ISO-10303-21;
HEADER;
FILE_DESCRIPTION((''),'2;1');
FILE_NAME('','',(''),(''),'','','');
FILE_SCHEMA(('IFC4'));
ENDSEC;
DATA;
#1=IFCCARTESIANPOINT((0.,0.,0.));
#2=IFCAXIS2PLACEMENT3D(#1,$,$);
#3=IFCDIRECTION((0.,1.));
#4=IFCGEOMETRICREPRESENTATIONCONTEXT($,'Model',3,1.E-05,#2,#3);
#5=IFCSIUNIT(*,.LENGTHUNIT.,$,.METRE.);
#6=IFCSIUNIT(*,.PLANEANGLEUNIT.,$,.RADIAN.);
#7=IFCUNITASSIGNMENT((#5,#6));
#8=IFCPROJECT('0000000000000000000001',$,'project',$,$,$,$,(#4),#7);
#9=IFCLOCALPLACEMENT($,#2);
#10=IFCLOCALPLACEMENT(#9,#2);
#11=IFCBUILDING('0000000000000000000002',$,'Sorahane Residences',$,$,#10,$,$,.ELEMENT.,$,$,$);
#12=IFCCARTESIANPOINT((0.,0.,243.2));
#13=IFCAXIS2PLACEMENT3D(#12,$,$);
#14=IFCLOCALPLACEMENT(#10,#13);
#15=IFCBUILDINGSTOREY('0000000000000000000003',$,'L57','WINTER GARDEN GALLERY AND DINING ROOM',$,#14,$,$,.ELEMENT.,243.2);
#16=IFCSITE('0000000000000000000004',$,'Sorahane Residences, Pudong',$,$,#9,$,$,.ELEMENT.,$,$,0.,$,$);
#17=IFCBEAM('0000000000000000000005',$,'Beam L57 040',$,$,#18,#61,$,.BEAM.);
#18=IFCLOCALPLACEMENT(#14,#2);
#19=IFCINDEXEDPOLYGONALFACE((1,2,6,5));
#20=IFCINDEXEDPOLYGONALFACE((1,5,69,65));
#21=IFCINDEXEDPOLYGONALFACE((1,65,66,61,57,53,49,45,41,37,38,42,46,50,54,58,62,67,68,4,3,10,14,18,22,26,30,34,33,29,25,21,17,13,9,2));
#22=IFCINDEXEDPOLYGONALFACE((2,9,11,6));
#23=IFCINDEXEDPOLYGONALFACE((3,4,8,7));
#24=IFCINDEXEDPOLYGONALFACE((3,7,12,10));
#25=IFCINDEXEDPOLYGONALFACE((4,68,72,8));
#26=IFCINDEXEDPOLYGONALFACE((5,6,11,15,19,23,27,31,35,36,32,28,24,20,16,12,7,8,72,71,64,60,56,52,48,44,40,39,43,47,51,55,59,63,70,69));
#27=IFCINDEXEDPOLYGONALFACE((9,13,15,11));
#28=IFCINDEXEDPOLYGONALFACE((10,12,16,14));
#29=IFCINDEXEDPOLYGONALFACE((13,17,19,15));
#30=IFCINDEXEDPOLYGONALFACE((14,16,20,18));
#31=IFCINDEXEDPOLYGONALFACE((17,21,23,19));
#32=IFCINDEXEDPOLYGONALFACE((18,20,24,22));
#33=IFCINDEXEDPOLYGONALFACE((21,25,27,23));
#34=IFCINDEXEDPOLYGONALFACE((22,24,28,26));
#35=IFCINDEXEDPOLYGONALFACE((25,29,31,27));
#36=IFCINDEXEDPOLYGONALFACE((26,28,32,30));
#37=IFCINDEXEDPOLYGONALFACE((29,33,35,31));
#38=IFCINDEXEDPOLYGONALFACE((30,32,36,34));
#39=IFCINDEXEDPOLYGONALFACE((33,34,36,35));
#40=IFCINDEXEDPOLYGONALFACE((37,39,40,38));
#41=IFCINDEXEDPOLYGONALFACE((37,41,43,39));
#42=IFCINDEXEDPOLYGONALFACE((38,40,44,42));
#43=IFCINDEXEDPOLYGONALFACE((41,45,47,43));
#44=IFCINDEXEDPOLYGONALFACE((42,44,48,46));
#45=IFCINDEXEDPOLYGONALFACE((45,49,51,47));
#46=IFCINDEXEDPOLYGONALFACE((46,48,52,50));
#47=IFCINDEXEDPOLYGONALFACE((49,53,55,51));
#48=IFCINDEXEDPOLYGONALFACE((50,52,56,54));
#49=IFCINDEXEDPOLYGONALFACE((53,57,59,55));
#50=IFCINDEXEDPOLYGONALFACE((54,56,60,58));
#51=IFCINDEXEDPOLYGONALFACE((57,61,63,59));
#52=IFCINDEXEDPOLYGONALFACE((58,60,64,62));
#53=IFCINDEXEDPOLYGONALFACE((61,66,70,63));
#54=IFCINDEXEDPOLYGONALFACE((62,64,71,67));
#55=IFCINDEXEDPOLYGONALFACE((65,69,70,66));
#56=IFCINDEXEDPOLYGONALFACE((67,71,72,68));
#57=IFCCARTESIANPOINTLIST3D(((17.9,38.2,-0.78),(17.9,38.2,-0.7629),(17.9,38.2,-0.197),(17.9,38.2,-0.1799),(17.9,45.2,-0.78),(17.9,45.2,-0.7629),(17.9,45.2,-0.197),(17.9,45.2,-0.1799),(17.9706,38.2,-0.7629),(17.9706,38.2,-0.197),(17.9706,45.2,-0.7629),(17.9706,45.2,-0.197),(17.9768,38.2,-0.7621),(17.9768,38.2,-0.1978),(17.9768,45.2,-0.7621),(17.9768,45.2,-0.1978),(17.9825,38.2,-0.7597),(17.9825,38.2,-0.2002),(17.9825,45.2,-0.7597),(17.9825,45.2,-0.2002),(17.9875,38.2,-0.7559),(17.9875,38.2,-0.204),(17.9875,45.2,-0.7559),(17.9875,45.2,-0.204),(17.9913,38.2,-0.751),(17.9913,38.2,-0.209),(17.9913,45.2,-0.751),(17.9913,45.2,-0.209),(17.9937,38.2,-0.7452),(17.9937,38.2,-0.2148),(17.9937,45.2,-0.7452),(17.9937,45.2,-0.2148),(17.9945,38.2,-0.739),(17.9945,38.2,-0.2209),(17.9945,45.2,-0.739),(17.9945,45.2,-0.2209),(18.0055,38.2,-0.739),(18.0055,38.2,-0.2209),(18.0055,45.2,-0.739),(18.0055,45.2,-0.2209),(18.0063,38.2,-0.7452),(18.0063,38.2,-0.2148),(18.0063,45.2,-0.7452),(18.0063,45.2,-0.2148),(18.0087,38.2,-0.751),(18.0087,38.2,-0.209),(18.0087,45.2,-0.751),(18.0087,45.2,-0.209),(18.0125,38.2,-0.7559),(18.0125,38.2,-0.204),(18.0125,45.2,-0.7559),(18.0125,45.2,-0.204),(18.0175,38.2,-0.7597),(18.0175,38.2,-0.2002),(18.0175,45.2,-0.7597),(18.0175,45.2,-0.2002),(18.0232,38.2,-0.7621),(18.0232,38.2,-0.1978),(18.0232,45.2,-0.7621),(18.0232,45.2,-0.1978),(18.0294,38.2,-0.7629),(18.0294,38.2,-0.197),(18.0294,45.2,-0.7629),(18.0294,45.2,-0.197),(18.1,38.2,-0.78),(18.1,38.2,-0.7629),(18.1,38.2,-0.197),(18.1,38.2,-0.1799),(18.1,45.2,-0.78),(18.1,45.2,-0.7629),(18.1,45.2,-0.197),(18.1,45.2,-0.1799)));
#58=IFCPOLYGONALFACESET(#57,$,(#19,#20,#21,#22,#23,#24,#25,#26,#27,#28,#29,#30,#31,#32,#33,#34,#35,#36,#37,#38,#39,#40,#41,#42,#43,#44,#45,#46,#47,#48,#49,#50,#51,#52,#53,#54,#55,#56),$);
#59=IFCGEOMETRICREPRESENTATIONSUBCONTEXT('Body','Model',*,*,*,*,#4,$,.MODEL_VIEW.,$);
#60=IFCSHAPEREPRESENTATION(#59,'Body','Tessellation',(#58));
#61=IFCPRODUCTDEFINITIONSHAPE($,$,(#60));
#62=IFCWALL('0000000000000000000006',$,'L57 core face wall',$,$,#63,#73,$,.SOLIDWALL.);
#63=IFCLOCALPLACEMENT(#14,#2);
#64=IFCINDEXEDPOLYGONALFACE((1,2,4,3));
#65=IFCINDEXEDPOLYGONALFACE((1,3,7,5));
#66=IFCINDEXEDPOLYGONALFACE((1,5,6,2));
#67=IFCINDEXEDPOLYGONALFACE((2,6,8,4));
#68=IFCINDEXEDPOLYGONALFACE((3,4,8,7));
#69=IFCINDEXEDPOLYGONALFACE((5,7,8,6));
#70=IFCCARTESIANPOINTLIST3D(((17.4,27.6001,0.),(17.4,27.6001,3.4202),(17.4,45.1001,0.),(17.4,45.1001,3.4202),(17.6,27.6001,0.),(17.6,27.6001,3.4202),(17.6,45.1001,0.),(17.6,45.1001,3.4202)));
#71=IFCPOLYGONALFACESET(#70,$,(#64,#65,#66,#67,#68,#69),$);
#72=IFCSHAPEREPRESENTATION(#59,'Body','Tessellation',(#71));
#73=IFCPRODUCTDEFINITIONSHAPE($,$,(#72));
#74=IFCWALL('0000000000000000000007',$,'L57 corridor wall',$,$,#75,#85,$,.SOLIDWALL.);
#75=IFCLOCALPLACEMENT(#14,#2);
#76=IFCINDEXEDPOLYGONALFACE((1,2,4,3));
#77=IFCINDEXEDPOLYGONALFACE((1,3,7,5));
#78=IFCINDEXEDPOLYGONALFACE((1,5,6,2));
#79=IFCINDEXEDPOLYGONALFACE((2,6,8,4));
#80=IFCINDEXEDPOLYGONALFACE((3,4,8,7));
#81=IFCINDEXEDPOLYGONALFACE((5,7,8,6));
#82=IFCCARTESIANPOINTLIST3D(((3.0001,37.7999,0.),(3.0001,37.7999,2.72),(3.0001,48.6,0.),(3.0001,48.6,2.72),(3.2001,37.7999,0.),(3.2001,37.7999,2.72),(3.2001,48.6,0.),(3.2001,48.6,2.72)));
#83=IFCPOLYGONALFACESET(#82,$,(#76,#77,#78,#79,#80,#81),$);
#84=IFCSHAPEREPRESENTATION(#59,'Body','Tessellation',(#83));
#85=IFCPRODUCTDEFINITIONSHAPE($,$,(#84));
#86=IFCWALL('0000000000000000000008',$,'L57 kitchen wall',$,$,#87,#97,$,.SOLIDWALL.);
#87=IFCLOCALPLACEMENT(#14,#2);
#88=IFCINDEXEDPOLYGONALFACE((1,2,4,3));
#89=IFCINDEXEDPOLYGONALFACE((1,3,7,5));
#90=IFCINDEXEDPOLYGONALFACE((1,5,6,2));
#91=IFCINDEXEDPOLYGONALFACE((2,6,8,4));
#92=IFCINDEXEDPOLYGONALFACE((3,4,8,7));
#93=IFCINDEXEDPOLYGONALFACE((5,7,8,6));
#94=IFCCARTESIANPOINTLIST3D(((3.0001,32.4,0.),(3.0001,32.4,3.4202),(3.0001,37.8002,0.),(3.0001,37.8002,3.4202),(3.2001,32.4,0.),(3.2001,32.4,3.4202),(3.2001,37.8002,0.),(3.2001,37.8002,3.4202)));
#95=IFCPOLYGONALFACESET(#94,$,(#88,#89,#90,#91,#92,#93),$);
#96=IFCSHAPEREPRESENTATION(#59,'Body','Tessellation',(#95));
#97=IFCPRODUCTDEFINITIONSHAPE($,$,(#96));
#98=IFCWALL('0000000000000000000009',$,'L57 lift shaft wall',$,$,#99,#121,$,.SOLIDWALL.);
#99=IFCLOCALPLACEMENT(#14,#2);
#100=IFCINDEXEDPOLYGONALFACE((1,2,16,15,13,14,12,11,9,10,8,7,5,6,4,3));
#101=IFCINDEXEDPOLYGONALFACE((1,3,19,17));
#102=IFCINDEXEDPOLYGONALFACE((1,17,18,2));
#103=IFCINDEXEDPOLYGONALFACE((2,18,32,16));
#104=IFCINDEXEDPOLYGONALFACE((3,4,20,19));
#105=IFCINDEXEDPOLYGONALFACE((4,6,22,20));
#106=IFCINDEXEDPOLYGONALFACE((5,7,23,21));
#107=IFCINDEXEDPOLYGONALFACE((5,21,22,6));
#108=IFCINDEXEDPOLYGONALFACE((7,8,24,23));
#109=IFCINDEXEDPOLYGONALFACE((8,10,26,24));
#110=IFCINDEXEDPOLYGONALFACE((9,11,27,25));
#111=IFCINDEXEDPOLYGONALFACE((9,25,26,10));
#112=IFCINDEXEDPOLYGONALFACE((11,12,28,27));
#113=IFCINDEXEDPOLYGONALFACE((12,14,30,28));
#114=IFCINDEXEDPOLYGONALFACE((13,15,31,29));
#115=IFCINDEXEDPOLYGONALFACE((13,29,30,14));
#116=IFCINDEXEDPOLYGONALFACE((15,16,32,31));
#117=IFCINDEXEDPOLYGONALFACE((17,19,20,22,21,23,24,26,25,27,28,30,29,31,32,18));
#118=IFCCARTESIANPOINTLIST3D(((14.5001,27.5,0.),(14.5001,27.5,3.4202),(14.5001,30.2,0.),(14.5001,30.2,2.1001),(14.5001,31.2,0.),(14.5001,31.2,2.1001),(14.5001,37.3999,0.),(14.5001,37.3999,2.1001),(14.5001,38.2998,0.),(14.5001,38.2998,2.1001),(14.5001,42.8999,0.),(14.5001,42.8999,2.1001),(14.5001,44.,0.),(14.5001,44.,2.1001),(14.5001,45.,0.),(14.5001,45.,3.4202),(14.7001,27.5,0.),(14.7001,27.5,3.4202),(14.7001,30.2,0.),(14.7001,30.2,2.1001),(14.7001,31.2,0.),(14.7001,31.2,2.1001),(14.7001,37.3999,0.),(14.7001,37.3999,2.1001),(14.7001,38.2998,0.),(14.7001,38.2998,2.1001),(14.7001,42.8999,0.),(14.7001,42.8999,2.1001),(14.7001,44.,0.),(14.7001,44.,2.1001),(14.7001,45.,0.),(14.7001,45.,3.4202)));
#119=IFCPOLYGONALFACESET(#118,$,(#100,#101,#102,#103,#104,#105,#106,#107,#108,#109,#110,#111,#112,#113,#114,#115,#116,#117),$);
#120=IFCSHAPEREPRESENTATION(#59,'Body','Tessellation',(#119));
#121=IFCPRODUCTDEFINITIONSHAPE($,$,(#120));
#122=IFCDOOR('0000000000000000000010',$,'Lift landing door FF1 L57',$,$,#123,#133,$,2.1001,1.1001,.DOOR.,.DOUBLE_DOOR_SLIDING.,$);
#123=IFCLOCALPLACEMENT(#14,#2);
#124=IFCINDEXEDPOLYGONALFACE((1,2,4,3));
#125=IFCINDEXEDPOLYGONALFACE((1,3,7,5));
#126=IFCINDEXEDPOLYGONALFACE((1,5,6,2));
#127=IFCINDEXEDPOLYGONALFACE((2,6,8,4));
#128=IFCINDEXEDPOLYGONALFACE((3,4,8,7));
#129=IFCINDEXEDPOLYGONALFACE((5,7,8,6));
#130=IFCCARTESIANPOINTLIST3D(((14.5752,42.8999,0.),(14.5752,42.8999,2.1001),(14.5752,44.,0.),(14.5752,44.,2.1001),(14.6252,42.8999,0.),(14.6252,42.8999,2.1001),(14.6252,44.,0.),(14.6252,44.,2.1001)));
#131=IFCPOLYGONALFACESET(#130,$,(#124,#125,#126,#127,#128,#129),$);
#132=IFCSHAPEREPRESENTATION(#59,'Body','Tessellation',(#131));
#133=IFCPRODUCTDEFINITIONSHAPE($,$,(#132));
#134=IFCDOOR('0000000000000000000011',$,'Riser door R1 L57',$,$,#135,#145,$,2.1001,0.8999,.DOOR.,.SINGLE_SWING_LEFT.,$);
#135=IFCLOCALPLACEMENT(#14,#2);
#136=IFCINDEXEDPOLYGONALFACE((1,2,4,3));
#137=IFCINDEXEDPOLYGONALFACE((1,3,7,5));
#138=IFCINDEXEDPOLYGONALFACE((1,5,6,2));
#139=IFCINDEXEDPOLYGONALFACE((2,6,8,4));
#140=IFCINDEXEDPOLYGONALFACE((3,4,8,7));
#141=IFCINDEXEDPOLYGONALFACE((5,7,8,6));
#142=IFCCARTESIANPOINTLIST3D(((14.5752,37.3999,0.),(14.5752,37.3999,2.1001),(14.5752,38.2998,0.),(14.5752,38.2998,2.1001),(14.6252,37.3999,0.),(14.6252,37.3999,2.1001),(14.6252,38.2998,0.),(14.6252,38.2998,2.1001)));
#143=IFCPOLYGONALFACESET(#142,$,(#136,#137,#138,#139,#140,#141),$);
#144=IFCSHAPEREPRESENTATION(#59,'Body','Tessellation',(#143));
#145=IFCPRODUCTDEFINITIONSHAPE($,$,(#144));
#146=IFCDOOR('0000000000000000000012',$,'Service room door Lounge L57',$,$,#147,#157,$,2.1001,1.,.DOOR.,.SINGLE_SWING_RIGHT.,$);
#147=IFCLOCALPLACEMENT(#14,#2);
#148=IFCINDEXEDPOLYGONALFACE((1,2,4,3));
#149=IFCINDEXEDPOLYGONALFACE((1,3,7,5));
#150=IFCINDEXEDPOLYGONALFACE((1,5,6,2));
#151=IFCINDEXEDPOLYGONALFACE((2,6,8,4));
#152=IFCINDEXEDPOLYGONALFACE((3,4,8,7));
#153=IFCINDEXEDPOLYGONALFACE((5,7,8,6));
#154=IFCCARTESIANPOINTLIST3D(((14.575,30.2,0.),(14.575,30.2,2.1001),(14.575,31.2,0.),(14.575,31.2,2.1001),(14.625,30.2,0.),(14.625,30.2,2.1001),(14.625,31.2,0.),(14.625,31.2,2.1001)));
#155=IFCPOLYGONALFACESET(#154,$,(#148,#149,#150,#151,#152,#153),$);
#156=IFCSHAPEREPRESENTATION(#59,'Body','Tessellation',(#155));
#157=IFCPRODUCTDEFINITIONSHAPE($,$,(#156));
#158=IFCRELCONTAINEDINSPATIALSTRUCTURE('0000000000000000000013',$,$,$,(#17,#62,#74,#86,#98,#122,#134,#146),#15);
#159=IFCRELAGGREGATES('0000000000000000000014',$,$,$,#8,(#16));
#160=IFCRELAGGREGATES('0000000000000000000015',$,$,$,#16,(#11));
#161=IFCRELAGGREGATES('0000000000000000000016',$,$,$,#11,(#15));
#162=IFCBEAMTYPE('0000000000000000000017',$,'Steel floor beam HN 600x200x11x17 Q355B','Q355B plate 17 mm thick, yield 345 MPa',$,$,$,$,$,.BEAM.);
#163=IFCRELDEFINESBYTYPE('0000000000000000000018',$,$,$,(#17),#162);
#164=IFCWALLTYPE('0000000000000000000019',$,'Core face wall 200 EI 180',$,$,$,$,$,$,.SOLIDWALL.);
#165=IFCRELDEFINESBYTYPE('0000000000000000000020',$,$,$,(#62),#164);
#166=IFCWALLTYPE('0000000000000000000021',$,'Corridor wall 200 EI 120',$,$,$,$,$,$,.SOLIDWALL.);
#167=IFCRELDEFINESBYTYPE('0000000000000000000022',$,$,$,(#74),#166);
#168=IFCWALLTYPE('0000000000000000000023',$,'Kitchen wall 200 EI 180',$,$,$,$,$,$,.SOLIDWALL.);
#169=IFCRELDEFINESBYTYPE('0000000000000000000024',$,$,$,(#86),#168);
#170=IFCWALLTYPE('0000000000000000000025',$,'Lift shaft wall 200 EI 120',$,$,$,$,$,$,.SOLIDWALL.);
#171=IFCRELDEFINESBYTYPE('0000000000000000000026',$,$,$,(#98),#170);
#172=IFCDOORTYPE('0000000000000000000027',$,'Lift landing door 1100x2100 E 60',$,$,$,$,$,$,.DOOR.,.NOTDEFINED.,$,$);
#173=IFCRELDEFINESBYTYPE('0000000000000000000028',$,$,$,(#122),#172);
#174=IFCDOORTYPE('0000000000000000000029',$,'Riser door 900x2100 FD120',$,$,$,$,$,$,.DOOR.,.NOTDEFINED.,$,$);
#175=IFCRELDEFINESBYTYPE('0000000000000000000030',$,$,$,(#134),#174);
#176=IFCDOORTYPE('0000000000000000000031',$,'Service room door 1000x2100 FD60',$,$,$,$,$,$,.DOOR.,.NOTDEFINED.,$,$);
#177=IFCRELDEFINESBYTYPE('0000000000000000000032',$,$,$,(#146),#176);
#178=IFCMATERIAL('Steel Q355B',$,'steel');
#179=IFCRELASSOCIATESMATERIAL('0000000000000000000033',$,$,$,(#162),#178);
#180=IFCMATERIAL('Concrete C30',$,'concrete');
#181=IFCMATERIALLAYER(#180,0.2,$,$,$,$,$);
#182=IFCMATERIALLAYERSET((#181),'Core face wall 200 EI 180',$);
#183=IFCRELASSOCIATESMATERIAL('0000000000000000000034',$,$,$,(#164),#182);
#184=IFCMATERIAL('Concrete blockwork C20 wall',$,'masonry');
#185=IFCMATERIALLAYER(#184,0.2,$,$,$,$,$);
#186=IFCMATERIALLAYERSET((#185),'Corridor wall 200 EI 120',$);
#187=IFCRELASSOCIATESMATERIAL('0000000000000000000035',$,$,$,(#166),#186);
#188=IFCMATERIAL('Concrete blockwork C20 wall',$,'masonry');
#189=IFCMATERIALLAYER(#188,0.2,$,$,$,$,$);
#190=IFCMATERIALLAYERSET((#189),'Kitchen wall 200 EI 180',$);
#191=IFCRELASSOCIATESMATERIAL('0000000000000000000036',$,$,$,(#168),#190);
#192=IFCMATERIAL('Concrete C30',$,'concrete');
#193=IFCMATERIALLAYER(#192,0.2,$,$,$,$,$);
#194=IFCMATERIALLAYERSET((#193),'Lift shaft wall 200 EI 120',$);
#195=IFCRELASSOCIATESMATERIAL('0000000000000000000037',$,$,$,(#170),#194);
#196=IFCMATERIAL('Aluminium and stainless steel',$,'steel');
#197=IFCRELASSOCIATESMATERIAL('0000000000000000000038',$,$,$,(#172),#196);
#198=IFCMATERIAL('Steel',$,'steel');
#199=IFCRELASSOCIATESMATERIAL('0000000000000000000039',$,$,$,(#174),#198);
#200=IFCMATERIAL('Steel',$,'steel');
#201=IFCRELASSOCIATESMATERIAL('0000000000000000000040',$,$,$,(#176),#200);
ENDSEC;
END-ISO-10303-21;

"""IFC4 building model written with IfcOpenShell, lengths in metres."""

from ifc_helpers import new_model, si_unit, direction, frame, frame_2d, origin, origin_2d, place, context, subcontext, project, spatial, rectangle, i_section, extrude, material, layer, layer_set, material_profile, profile_set, type_object, element, fill, save


model = new_model("IFC4")

# Units and contexts
model_context = context("Model", 3, precision=1e-05, world=origin(), true_north=direction((0.0, 1.0)))
body_context = subcontext(model_context, "Body", "Model", "MODEL_VIEW")
ifc_project = project(units=[si_unit("LENGTHUNIT", "METRE"), si_unit("PLANEANGLEUNIT", "RADIAN")], contexts=[model_context])

# Site, building, storey
site_placement = place(None, origin())
site = spatial("IfcSite", under=ifc_project, at=site_placement, Name="Sorahane Residences, Pudong", CompositionType="ELEMENT", RefElevation=0.0)
building_placement = place(site_placement, origin())
building = spatial("IfcBuilding", under=site, at=building_placement, Name="Sorahane Residences", CompositionType="ELEMENT")
storey_placement = place(building_placement, frame((0.0, 0.0, 243.2)))
storey = spatial("IfcBuildingStorey", under=building, at=storey_placement, Name="L57", Description="WINTER GARDEN GALLERY AND DINING ROOM", CompositionType="ELEMENT", Elevation=243.2)

# Beam
ifc_material_1 = material(Name="Steel Q355B", Category="steel")
ifc_material_profile_1 = material_profile(ifc_material_1, i_section(OverallWidth=0.2, OverallDepth=0.6001, WebThickness=0.011, FlangeThickness=0.0171, FilletRadius=0.0239, at=origin_2d()), Name="HN 600x200x11x17")
ifc_profile_set_1 = profile_set([ifc_material_profile_1], Name="Steel Q355B")
beam_type_1 = type_object("IfcBeamType", Name="Steel floor beam HN 600x200x11x17 Q355B", Description="Q355B plate 17 mm thick, yield 345 MPa", PredefinedType="BEAM", material=ifc_profile_set_1)
for number, where, z_axis, x_axis, name in (
    (1, (18.0, 38.2, -0.48), (0.0, 1.0, 0.0), (-1.0, 0.0, 0.0), "Beam L57 040"),
):
    element("IfcBeam", number, at=place(storey_placement, frame(where, z_axis=z_axis, x_axis=x_axis)), inside=storey, type_object=beam_type_1, Name=name, PredefinedType="BEAM", context=body_context, shape_type="SweptSolid", body=[
        extrude(i_section(OverallWidth=0.2, OverallDepth=0.6001, WebThickness=0.011, FlangeThickness=0.0171, FilletRadius=0.0239, at=origin_2d()), origin(), (0.0, 0.0, 1.0), 7.0),
    ])

# Walls
ifc_material_2 = material(Name="Concrete C30", Category="concrete")
ifc_layer_1 = layer(ifc_material_2, 0.2)
ifc_layer_set_1 = layer_set([ifc_layer_1], Name="Core face wall 200 EI 180")
wall_type_1 = type_object("IfcWallType", Name="Core face wall 200 EI 180", PredefinedType="SOLIDWALL", material=ifc_layer_set_1)
wall_1_placement = place(storey_placement, frame((17.5, 27.6001, 0.0), z_axis=(0.0, 0.0, 1.0), x_axis=(0.0, 1.0, 0.0)))
element("IfcWall", 2, at=wall_1_placement, inside=storey, type_object=wall_type_1, Name="L57 core face wall", PredefinedType="SOLIDWALL", context=body_context, shape_type="SweptSolid", body=[
    extrude(rectangle(XDim=17.5, YDim=0.2, at=frame_2d((8.75, 0.0))), origin(), (0.0, 0.0, 1.0), 3.4202),
])
ifc_material_3 = material(Name="Concrete blockwork C20 wall", Category="masonry")
ifc_layer_2 = layer(ifc_material_3, 0.2)
ifc_layer_set_2 = layer_set([ifc_layer_2], Name="Corridor wall 200 EI 120")
wall_type_2 = type_object("IfcWallType", Name="Corridor wall 200 EI 120", PredefinedType="SOLIDWALL", material=ifc_layer_set_2)
wall_2_placement = place(storey_placement, frame((3.1001, 37.8, 0.0), z_axis=(0.0, 0.0, 1.0), x_axis=(0.0, 1.0, 0.0)))
element("IfcWall", 3, at=wall_2_placement, inside=storey, type_object=wall_type_2, Name="L57 corridor wall", PredefinedType="SOLIDWALL", context=body_context, shape_type="SweptSolid", body=[
    extrude(rectangle(XDim=10.8, YDim=0.2, at=frame_2d((5.3999, 0.0))), origin(), (0.0, 0.0, 1.0), 2.72),
])
ifc_material_4 = material(Name="Concrete blockwork C20 wall", Category="masonry")
ifc_layer_3 = layer(ifc_material_4, 0.2)
ifc_layer_set_3 = layer_set([ifc_layer_3], Name="Kitchen wall 200 EI 180")
wall_type_3 = type_object("IfcWallType", Name="Kitchen wall 200 EI 180", PredefinedType="SOLIDWALL", material=ifc_layer_set_3)
wall_3_placement = place(storey_placement, frame((3.1001, 32.3999, 0.0), z_axis=(0.0, 0.0, 1.0), x_axis=(0.0, 1.0, 0.0)))
element("IfcWall", 4, at=wall_3_placement, inside=storey, type_object=wall_type_3, Name="L57 kitchen wall", PredefinedType="SOLIDWALL", context=body_context, shape_type="SweptSolid", body=[
    extrude(rectangle(XDim=5.4001, YDim=0.2, at=frame_2d((2.7002, 0.0))), origin(), (0.0, 0.0, 1.0), 3.4202),
])

# Wall, openings, doors
ifc_material_5 = material(Name="Concrete C30", Category="concrete")
ifc_layer_4 = layer(ifc_material_5, 0.2)
ifc_layer_set_4 = layer_set([ifc_layer_4], Name="Lift shaft wall 200 EI 120")
wall_type_4 = type_object("IfcWallType", Name="Lift shaft wall 200 EI 120", PredefinedType="SOLIDWALL", material=ifc_layer_set_4)
wall_4_placement = place(storey_placement, frame((14.6001, 27.5, 0.0), z_axis=(0.0, 0.0, 1.0), x_axis=(0.0, 1.0, 0.0)))
wall_4 = element("IfcWall", 5, at=wall_4_placement, inside=storey, type_object=wall_type_4, Name="L57 lift shaft wall", PredefinedType="SOLIDWALL", context=body_context, shape_type="SweptSolid", body=[
    extrude(rectangle(XDim=17.5, YDim=0.2, at=frame_2d((8.75, 0.0))), origin(), (0.0, 0.0, 1.0), 3.4202),
])
opening_1_placement = place(wall_4_placement, frame((15.3999, 0.0, 0.0)))
opening_1 = element("IfcOpeningElement", 6, at=opening_1_placement, cuts=wall_4, PredefinedType="OPENING", context=body_context, shape_type="SweptSolid", body=[
    extrude(rectangle(XDim=1.1001, YDim=2.1001, at=frame_2d((0.55, 1.05))), frame((0.0, 0.1099, 0.0), z_axis=(0.0, -1.0, 0.0), x_axis=(1.0, 0.0, 0.0)), (0.0, 0.0, 1.0), 0.22),
])
opening_2_placement = place(wall_4_placement, frame((2.7, 0.0, 0.0)))
opening_2 = element("IfcOpeningElement", 7, at=opening_2_placement, cuts=wall_4, PredefinedType="OPENING", context=body_context, shape_type="SweptSolid", body=[
    extrude(rectangle(XDim=1.0, YDim=2.1001, at=frame_2d((0.5, 1.05))), frame((0.0, 0.1099, 0.0), z_axis=(0.0, -1.0, 0.0), x_axis=(1.0, 0.0, 0.0)), (0.0, 0.0, 1.0), 0.22),
])
opening_3_placement = place(wall_4_placement, frame((9.8999, 0.0, 0.0)))
opening_3 = element("IfcOpeningElement", 8, at=opening_3_placement, cuts=wall_4, PredefinedType="OPENING", context=body_context, shape_type="SweptSolid", body=[
    extrude(rectangle(XDim=0.8999, YDim=2.1001, at=frame_2d((0.45, 1.05))), frame((0.0, 0.1099, 0.0), z_axis=(0.0, -1.0, 0.0), x_axis=(1.0, 0.0, 0.0)), (0.0, 0.0, 1.0), 0.22),
])
ifc_material_6 = material(Name="Aluminium and stainless steel", Category="steel")
door_type_1 = type_object("IfcDoorType", Name="Lift landing door 1100x2100 E 60", OperationType="NOTDEFINED", PredefinedType="DOOR", material=ifc_material_6)
door_1_placement = place(opening_1_placement, origin())
door_1 = element("IfcDoor", 9, at=door_1_placement, inside=storey, type_object=door_type_1, Name="Lift landing door FF1 L57", OperationType="DOUBLE_DOOR_SLIDING", OverallHeight=2.1001, OverallWidth=1.1001, PredefinedType="DOOR", context=body_context, shape_type="SweptSolid", body=[
    extrude(rectangle(XDim=1.1001, YDim=2.1001, at=frame_2d((0.55, 1.05))), frame((0.0, 0.0249, 0.0), z_axis=(0.0, -1.0, 0.0), x_axis=(1.0, 0.0, 0.0)), (0.0, 0.0, 1.0), 0.05),
])
fill(opening_1, door_1)
ifc_material_7 = material(Name="Steel", Category="steel")
door_type_2 = type_object("IfcDoorType", Name="Riser door 900x2100 FD120", OperationType="NOTDEFINED", PredefinedType="DOOR", material=ifc_material_7)
door_2_placement = place(opening_3_placement, origin())
door_2 = element("IfcDoor", 10, at=door_2_placement, inside=storey, type_object=door_type_2, Name="Riser door R1 L57", OperationType="SINGLE_SWING_LEFT", OverallHeight=2.1001, OverallWidth=0.8999, PredefinedType="DOOR", context=body_context, shape_type="SweptSolid", body=[
    extrude(rectangle(XDim=0.8999, YDim=2.1001, at=frame_2d((0.45, 1.05))), frame((0.0, 0.0249, 0.0), z_axis=(0.0, -1.0, 0.0), x_axis=(1.0, 0.0, 0.0)), (0.0, 0.0, 1.0), 0.05),
])
fill(opening_3, door_2)
ifc_material_8 = material(Name="Steel", Category="steel")
door_type_3 = type_object("IfcDoorType", Name="Service room door 1000x2100 FD60", OperationType="NOTDEFINED", PredefinedType="DOOR", material=ifc_material_8)
door_3_placement = place(opening_2_placement, frame((1.0, 0.0, 0.0), z_axis=(0.0, 0.0, 1.0), x_axis=(-1.0, 0.0, 0.0)))
door_3 = element("IfcDoor", 11, at=door_3_placement, inside=storey, type_object=door_type_3, Name="Service room door Lounge L57", OperationType="SINGLE_SWING_RIGHT", OverallHeight=2.1001, OverallWidth=1.0, PredefinedType="DOOR", context=body_context, shape_type="SweptSolid", body=[
    extrude(rectangle(XDim=1.0, YDim=2.1001, at=frame_2d((0.5, 1.05))), frame((0.0, 0.0249, 0.0), z_axis=(0.0, -1.0, 0.0), x_axis=(1.0, 0.0, 0.0)), (0.0, 0.0, 1.0), 0.05),
])
fill(opening_2, door_3)

save(model, "model.ifc")
